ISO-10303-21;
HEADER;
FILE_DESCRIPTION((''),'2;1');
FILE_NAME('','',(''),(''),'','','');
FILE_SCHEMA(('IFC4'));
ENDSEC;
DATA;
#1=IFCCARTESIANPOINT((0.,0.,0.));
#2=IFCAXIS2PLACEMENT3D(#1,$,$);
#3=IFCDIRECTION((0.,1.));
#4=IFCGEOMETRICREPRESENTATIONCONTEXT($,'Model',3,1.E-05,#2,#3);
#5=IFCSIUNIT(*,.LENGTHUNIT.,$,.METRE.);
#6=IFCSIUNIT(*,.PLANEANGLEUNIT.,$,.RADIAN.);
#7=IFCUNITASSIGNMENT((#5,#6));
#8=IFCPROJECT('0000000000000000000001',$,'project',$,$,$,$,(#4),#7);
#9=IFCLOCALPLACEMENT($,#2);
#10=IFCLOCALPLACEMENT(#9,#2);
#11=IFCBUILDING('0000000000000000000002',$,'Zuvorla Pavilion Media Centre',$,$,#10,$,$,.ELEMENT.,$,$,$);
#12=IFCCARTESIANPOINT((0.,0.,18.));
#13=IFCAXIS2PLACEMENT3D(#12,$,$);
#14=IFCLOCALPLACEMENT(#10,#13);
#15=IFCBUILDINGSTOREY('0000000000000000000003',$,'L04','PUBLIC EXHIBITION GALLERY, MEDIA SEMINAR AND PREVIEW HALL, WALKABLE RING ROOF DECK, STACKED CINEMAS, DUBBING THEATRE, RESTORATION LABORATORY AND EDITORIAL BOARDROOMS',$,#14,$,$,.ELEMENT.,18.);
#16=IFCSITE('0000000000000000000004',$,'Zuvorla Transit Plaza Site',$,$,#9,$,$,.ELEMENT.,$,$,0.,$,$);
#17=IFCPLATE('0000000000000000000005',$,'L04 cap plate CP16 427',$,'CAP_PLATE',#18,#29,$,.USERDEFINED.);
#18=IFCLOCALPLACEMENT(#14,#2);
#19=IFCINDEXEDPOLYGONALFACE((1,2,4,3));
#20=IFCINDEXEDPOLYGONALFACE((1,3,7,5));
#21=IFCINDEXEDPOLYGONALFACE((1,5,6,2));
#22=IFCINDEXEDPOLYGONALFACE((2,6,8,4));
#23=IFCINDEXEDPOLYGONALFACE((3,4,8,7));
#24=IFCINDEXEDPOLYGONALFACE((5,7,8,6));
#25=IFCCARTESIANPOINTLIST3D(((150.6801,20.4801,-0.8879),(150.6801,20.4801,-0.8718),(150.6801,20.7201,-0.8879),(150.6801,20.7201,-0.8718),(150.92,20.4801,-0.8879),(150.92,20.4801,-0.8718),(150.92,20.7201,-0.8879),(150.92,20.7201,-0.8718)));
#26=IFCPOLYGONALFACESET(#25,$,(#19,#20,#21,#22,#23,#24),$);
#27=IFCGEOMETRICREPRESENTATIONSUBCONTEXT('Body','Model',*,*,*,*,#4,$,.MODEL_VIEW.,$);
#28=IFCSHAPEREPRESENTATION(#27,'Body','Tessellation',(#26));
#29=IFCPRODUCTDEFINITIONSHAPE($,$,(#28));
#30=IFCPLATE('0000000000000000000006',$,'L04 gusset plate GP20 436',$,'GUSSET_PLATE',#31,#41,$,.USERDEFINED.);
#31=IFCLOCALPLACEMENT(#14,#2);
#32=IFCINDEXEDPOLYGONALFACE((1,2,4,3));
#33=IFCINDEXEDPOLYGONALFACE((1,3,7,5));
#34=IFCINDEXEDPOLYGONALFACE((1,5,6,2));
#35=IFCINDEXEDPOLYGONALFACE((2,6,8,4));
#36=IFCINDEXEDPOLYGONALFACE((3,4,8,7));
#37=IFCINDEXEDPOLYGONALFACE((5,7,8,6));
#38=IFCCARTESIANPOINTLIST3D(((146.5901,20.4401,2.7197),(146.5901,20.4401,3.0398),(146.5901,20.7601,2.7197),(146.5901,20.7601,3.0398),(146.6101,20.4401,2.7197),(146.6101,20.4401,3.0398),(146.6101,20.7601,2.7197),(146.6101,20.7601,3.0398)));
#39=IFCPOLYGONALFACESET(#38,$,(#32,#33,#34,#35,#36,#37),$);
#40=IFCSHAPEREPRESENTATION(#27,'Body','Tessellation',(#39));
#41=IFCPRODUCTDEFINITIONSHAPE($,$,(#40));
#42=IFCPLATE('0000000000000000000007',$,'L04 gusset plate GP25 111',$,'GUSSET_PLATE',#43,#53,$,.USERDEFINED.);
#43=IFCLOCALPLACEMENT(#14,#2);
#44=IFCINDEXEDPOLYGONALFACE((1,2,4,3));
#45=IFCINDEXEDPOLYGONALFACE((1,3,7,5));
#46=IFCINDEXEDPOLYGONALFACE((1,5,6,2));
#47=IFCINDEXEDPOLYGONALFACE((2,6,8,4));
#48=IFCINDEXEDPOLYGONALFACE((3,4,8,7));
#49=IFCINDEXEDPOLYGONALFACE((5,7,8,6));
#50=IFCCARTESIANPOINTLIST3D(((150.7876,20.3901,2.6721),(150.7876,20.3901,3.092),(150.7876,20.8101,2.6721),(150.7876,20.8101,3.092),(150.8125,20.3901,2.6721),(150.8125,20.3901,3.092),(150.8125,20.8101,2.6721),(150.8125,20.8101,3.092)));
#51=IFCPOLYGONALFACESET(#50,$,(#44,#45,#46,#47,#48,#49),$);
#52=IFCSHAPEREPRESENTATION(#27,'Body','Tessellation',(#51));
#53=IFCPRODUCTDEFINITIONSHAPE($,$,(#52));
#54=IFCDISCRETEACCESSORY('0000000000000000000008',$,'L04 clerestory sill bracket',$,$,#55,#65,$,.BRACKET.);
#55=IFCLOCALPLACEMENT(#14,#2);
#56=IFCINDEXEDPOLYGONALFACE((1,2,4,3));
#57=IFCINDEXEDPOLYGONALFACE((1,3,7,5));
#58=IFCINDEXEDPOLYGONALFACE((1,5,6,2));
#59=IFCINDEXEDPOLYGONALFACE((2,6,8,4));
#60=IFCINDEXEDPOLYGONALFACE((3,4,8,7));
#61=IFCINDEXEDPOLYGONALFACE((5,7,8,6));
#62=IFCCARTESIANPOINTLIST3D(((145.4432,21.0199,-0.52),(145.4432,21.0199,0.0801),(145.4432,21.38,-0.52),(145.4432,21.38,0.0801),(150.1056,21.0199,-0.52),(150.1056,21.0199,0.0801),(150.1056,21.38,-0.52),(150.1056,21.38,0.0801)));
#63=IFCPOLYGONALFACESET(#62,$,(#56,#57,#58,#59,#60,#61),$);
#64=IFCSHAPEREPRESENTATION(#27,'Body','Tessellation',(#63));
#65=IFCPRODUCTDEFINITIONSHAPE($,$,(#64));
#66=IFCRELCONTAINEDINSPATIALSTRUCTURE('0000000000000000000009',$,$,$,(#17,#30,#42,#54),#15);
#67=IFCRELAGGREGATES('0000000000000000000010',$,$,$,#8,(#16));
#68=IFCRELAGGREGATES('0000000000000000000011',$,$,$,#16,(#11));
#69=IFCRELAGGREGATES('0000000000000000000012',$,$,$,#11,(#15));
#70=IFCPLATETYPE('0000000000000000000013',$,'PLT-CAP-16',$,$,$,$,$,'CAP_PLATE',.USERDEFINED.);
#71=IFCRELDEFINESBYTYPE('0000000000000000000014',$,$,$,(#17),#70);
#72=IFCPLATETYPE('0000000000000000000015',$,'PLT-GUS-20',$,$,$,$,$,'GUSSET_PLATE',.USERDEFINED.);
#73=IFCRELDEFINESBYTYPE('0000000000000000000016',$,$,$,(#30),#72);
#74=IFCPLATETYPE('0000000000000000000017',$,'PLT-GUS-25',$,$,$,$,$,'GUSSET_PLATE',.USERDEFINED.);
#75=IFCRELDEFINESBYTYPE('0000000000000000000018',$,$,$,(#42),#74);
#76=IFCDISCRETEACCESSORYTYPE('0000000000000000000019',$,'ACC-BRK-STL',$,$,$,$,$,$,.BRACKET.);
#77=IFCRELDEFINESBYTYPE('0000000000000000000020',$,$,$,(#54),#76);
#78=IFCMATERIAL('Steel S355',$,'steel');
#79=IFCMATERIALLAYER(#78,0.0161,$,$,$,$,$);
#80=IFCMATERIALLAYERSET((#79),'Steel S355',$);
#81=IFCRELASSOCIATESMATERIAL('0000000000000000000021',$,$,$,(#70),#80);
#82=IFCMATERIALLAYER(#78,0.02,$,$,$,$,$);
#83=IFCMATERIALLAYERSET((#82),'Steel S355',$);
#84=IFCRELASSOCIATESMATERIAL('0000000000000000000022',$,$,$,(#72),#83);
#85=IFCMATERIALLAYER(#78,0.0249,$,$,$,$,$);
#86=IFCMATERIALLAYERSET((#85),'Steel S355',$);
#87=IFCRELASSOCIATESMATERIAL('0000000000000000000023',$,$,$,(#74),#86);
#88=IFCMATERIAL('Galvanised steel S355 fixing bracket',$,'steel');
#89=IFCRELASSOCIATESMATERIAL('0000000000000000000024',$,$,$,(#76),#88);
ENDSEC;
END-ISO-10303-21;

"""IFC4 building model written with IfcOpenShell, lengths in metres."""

from ifc_helpers import new_model, si_unit, direction, frame, origin, origin_2d, place, context, subcontext, project, spatial, rectangle, extrude, material, layer, layer_set, type_object, element, save


model = new_model("IFC4")

# Units and contexts
model_context = context("Model", 3, precision=1e-05, world=origin(), true_north=direction((0.0, 1.0)))
body_context = subcontext(model_context, "Body", "Model", "MODEL_VIEW")
ifc_project = project(units=[si_unit("LENGTHUNIT", "METRE"), si_unit("PLANEANGLEUNIT", "RADIAN")], contexts=[model_context])

# Site, building, storey
site_placement = place(None, origin())
site = spatial("IfcSite", under=ifc_project, at=site_placement, Name="Zuvorla Transit Plaza Site", CompositionType="ELEMENT", RefElevation=0.0)
building_placement = place(site_placement, origin())
building = spatial("IfcBuilding", under=site, at=building_placement, Name="Zuvorla Pavilion Media Centre", CompositionType="ELEMENT")
storey_placement = place(building_placement, frame((0.0, 0.0, 18.0)))
storey = spatial("IfcBuildingStorey", under=building, at=storey_placement, Name="L04", Description="PUBLIC EXHIBITION GALLERY, MEDIA SEMINAR AND PREVIEW HALL, WALKABLE RING ROOF DECK, STACKED CINEMAS, DUBBING THEATRE, RESTORATION LABORATORY AND EDITORIAL BOARDROOMS", CompositionType="ELEMENT", Elevation=18.0)

# Shared definitions
ifc_material_1 = material(Name="Steel S355", Category="steel")

# Plates
ifc_layer_1 = layer(ifc_material_1, 0.0161)
ifc_layer_set_1 = layer_set([ifc_layer_1], Name="Steel S355")
plate_type_1 = type_object("IfcPlateType", Name="PLT-CAP-16", ElementType="CAP_PLATE", PredefinedType="USERDEFINED", material=ifc_layer_set_1)
plate_1_placement = place(storey_placement, frame((150.8, 20.6001, -0.8879), z_axis=(0.0, 0.0, 1.0), x_axis=(1.0, 0.0, 0.0)))
element("IfcPlate", 1, at=plate_1_placement, inside=storey, type_object=plate_type_1, Name="L04 cap plate CP16 427", ObjectType="CAP_PLATE", PredefinedType="USERDEFINED", context=body_context, shape_type="SweptSolid", body=[
    extrude(rectangle(XDim=0.24, YDim=0.24, at=origin_2d()), origin(), (0.0, 0.0, 1.0), 0.0161),
])
ifc_layer_2 = layer(ifc_material_1, 0.02)
ifc_layer_set_2 = layer_set([ifc_layer_2], Name="Steel S355")
plate_type_2 = type_object("IfcPlateType", Name="PLT-GUS-20", ElementType="GUSSET_PLATE", PredefinedType="USERDEFINED", material=ifc_layer_set_2)
plate_2_placement = place(storey_placement, frame((146.6001, 20.6001, 2.7197), z_axis=(0.0, 0.0, 1.0), x_axis=(1.0, 0.0, 0.0)))
element("IfcPlate", 2, at=plate_2_placement, inside=storey, type_object=plate_type_2, Name="L04 gusset plate GP20 436", ObjectType="GUSSET_PLATE", PredefinedType="USERDEFINED", context=body_context, shape_type="SweptSolid", body=[
    extrude(rectangle(XDim=0.02, YDim=0.3201, at=origin_2d()), origin(), (0.0, 0.0, 1.0), 0.3201),
])
ifc_layer_3 = layer(ifc_material_1, 0.0249)
ifc_layer_set_3 = layer_set([ifc_layer_3], Name="Steel S355")
plate_type_3 = type_object("IfcPlateType", Name="PLT-GUS-25", ElementType="GUSSET_PLATE", PredefinedType="USERDEFINED", material=ifc_layer_set_3)
plate_3_placement = place(storey_placement, frame((150.8, 20.6001, 2.6721), z_axis=(0.0, 0.0, 1.0), x_axis=(1.0, 0.0, 0.0)))
element("IfcPlate", 3, at=plate_3_placement, inside=storey, type_object=plate_type_3, Name="L04 gusset plate GP25 111", ObjectType="GUSSET_PLATE", PredefinedType="USERDEFINED", context=body_context, shape_type="SweptSolid", body=[
    extrude(rectangle(XDim=0.0249, YDim=0.4199, at=origin_2d()), origin(), (0.0, 0.0, 1.0), 0.4199),
])

# Discrete accessory
ifc_material_2 = material(Name="Galvanised steel S355 fixing bracket", Category="steel")
discrete_accessory_type = type_object("IfcDiscreteAccessoryType", Name="ACC-BRK-STL", PredefinedType="BRACKET", material=ifc_material_2)
discrete_accessory_placement = place(storey_placement, frame((147.7744, 21.2, -0.52), z_axis=(0.0, 0.0, 1.0), x_axis=(1.0, 0.0, 0.0)))
element("IfcDiscreteAccessory", 4, at=discrete_accessory_placement, inside=storey, type_object=discrete_accessory_type, Name="L04 clerestory sill bracket", PredefinedType="BRACKET", context=body_context, shape_type="SweptSolid", body=[
    extrude(rectangle(XDim=4.6624, YDim=0.3601, at=origin_2d()), origin(), (0.0, 0.0, 1.0), 0.6001),
])

save(model, "model.ifc")
